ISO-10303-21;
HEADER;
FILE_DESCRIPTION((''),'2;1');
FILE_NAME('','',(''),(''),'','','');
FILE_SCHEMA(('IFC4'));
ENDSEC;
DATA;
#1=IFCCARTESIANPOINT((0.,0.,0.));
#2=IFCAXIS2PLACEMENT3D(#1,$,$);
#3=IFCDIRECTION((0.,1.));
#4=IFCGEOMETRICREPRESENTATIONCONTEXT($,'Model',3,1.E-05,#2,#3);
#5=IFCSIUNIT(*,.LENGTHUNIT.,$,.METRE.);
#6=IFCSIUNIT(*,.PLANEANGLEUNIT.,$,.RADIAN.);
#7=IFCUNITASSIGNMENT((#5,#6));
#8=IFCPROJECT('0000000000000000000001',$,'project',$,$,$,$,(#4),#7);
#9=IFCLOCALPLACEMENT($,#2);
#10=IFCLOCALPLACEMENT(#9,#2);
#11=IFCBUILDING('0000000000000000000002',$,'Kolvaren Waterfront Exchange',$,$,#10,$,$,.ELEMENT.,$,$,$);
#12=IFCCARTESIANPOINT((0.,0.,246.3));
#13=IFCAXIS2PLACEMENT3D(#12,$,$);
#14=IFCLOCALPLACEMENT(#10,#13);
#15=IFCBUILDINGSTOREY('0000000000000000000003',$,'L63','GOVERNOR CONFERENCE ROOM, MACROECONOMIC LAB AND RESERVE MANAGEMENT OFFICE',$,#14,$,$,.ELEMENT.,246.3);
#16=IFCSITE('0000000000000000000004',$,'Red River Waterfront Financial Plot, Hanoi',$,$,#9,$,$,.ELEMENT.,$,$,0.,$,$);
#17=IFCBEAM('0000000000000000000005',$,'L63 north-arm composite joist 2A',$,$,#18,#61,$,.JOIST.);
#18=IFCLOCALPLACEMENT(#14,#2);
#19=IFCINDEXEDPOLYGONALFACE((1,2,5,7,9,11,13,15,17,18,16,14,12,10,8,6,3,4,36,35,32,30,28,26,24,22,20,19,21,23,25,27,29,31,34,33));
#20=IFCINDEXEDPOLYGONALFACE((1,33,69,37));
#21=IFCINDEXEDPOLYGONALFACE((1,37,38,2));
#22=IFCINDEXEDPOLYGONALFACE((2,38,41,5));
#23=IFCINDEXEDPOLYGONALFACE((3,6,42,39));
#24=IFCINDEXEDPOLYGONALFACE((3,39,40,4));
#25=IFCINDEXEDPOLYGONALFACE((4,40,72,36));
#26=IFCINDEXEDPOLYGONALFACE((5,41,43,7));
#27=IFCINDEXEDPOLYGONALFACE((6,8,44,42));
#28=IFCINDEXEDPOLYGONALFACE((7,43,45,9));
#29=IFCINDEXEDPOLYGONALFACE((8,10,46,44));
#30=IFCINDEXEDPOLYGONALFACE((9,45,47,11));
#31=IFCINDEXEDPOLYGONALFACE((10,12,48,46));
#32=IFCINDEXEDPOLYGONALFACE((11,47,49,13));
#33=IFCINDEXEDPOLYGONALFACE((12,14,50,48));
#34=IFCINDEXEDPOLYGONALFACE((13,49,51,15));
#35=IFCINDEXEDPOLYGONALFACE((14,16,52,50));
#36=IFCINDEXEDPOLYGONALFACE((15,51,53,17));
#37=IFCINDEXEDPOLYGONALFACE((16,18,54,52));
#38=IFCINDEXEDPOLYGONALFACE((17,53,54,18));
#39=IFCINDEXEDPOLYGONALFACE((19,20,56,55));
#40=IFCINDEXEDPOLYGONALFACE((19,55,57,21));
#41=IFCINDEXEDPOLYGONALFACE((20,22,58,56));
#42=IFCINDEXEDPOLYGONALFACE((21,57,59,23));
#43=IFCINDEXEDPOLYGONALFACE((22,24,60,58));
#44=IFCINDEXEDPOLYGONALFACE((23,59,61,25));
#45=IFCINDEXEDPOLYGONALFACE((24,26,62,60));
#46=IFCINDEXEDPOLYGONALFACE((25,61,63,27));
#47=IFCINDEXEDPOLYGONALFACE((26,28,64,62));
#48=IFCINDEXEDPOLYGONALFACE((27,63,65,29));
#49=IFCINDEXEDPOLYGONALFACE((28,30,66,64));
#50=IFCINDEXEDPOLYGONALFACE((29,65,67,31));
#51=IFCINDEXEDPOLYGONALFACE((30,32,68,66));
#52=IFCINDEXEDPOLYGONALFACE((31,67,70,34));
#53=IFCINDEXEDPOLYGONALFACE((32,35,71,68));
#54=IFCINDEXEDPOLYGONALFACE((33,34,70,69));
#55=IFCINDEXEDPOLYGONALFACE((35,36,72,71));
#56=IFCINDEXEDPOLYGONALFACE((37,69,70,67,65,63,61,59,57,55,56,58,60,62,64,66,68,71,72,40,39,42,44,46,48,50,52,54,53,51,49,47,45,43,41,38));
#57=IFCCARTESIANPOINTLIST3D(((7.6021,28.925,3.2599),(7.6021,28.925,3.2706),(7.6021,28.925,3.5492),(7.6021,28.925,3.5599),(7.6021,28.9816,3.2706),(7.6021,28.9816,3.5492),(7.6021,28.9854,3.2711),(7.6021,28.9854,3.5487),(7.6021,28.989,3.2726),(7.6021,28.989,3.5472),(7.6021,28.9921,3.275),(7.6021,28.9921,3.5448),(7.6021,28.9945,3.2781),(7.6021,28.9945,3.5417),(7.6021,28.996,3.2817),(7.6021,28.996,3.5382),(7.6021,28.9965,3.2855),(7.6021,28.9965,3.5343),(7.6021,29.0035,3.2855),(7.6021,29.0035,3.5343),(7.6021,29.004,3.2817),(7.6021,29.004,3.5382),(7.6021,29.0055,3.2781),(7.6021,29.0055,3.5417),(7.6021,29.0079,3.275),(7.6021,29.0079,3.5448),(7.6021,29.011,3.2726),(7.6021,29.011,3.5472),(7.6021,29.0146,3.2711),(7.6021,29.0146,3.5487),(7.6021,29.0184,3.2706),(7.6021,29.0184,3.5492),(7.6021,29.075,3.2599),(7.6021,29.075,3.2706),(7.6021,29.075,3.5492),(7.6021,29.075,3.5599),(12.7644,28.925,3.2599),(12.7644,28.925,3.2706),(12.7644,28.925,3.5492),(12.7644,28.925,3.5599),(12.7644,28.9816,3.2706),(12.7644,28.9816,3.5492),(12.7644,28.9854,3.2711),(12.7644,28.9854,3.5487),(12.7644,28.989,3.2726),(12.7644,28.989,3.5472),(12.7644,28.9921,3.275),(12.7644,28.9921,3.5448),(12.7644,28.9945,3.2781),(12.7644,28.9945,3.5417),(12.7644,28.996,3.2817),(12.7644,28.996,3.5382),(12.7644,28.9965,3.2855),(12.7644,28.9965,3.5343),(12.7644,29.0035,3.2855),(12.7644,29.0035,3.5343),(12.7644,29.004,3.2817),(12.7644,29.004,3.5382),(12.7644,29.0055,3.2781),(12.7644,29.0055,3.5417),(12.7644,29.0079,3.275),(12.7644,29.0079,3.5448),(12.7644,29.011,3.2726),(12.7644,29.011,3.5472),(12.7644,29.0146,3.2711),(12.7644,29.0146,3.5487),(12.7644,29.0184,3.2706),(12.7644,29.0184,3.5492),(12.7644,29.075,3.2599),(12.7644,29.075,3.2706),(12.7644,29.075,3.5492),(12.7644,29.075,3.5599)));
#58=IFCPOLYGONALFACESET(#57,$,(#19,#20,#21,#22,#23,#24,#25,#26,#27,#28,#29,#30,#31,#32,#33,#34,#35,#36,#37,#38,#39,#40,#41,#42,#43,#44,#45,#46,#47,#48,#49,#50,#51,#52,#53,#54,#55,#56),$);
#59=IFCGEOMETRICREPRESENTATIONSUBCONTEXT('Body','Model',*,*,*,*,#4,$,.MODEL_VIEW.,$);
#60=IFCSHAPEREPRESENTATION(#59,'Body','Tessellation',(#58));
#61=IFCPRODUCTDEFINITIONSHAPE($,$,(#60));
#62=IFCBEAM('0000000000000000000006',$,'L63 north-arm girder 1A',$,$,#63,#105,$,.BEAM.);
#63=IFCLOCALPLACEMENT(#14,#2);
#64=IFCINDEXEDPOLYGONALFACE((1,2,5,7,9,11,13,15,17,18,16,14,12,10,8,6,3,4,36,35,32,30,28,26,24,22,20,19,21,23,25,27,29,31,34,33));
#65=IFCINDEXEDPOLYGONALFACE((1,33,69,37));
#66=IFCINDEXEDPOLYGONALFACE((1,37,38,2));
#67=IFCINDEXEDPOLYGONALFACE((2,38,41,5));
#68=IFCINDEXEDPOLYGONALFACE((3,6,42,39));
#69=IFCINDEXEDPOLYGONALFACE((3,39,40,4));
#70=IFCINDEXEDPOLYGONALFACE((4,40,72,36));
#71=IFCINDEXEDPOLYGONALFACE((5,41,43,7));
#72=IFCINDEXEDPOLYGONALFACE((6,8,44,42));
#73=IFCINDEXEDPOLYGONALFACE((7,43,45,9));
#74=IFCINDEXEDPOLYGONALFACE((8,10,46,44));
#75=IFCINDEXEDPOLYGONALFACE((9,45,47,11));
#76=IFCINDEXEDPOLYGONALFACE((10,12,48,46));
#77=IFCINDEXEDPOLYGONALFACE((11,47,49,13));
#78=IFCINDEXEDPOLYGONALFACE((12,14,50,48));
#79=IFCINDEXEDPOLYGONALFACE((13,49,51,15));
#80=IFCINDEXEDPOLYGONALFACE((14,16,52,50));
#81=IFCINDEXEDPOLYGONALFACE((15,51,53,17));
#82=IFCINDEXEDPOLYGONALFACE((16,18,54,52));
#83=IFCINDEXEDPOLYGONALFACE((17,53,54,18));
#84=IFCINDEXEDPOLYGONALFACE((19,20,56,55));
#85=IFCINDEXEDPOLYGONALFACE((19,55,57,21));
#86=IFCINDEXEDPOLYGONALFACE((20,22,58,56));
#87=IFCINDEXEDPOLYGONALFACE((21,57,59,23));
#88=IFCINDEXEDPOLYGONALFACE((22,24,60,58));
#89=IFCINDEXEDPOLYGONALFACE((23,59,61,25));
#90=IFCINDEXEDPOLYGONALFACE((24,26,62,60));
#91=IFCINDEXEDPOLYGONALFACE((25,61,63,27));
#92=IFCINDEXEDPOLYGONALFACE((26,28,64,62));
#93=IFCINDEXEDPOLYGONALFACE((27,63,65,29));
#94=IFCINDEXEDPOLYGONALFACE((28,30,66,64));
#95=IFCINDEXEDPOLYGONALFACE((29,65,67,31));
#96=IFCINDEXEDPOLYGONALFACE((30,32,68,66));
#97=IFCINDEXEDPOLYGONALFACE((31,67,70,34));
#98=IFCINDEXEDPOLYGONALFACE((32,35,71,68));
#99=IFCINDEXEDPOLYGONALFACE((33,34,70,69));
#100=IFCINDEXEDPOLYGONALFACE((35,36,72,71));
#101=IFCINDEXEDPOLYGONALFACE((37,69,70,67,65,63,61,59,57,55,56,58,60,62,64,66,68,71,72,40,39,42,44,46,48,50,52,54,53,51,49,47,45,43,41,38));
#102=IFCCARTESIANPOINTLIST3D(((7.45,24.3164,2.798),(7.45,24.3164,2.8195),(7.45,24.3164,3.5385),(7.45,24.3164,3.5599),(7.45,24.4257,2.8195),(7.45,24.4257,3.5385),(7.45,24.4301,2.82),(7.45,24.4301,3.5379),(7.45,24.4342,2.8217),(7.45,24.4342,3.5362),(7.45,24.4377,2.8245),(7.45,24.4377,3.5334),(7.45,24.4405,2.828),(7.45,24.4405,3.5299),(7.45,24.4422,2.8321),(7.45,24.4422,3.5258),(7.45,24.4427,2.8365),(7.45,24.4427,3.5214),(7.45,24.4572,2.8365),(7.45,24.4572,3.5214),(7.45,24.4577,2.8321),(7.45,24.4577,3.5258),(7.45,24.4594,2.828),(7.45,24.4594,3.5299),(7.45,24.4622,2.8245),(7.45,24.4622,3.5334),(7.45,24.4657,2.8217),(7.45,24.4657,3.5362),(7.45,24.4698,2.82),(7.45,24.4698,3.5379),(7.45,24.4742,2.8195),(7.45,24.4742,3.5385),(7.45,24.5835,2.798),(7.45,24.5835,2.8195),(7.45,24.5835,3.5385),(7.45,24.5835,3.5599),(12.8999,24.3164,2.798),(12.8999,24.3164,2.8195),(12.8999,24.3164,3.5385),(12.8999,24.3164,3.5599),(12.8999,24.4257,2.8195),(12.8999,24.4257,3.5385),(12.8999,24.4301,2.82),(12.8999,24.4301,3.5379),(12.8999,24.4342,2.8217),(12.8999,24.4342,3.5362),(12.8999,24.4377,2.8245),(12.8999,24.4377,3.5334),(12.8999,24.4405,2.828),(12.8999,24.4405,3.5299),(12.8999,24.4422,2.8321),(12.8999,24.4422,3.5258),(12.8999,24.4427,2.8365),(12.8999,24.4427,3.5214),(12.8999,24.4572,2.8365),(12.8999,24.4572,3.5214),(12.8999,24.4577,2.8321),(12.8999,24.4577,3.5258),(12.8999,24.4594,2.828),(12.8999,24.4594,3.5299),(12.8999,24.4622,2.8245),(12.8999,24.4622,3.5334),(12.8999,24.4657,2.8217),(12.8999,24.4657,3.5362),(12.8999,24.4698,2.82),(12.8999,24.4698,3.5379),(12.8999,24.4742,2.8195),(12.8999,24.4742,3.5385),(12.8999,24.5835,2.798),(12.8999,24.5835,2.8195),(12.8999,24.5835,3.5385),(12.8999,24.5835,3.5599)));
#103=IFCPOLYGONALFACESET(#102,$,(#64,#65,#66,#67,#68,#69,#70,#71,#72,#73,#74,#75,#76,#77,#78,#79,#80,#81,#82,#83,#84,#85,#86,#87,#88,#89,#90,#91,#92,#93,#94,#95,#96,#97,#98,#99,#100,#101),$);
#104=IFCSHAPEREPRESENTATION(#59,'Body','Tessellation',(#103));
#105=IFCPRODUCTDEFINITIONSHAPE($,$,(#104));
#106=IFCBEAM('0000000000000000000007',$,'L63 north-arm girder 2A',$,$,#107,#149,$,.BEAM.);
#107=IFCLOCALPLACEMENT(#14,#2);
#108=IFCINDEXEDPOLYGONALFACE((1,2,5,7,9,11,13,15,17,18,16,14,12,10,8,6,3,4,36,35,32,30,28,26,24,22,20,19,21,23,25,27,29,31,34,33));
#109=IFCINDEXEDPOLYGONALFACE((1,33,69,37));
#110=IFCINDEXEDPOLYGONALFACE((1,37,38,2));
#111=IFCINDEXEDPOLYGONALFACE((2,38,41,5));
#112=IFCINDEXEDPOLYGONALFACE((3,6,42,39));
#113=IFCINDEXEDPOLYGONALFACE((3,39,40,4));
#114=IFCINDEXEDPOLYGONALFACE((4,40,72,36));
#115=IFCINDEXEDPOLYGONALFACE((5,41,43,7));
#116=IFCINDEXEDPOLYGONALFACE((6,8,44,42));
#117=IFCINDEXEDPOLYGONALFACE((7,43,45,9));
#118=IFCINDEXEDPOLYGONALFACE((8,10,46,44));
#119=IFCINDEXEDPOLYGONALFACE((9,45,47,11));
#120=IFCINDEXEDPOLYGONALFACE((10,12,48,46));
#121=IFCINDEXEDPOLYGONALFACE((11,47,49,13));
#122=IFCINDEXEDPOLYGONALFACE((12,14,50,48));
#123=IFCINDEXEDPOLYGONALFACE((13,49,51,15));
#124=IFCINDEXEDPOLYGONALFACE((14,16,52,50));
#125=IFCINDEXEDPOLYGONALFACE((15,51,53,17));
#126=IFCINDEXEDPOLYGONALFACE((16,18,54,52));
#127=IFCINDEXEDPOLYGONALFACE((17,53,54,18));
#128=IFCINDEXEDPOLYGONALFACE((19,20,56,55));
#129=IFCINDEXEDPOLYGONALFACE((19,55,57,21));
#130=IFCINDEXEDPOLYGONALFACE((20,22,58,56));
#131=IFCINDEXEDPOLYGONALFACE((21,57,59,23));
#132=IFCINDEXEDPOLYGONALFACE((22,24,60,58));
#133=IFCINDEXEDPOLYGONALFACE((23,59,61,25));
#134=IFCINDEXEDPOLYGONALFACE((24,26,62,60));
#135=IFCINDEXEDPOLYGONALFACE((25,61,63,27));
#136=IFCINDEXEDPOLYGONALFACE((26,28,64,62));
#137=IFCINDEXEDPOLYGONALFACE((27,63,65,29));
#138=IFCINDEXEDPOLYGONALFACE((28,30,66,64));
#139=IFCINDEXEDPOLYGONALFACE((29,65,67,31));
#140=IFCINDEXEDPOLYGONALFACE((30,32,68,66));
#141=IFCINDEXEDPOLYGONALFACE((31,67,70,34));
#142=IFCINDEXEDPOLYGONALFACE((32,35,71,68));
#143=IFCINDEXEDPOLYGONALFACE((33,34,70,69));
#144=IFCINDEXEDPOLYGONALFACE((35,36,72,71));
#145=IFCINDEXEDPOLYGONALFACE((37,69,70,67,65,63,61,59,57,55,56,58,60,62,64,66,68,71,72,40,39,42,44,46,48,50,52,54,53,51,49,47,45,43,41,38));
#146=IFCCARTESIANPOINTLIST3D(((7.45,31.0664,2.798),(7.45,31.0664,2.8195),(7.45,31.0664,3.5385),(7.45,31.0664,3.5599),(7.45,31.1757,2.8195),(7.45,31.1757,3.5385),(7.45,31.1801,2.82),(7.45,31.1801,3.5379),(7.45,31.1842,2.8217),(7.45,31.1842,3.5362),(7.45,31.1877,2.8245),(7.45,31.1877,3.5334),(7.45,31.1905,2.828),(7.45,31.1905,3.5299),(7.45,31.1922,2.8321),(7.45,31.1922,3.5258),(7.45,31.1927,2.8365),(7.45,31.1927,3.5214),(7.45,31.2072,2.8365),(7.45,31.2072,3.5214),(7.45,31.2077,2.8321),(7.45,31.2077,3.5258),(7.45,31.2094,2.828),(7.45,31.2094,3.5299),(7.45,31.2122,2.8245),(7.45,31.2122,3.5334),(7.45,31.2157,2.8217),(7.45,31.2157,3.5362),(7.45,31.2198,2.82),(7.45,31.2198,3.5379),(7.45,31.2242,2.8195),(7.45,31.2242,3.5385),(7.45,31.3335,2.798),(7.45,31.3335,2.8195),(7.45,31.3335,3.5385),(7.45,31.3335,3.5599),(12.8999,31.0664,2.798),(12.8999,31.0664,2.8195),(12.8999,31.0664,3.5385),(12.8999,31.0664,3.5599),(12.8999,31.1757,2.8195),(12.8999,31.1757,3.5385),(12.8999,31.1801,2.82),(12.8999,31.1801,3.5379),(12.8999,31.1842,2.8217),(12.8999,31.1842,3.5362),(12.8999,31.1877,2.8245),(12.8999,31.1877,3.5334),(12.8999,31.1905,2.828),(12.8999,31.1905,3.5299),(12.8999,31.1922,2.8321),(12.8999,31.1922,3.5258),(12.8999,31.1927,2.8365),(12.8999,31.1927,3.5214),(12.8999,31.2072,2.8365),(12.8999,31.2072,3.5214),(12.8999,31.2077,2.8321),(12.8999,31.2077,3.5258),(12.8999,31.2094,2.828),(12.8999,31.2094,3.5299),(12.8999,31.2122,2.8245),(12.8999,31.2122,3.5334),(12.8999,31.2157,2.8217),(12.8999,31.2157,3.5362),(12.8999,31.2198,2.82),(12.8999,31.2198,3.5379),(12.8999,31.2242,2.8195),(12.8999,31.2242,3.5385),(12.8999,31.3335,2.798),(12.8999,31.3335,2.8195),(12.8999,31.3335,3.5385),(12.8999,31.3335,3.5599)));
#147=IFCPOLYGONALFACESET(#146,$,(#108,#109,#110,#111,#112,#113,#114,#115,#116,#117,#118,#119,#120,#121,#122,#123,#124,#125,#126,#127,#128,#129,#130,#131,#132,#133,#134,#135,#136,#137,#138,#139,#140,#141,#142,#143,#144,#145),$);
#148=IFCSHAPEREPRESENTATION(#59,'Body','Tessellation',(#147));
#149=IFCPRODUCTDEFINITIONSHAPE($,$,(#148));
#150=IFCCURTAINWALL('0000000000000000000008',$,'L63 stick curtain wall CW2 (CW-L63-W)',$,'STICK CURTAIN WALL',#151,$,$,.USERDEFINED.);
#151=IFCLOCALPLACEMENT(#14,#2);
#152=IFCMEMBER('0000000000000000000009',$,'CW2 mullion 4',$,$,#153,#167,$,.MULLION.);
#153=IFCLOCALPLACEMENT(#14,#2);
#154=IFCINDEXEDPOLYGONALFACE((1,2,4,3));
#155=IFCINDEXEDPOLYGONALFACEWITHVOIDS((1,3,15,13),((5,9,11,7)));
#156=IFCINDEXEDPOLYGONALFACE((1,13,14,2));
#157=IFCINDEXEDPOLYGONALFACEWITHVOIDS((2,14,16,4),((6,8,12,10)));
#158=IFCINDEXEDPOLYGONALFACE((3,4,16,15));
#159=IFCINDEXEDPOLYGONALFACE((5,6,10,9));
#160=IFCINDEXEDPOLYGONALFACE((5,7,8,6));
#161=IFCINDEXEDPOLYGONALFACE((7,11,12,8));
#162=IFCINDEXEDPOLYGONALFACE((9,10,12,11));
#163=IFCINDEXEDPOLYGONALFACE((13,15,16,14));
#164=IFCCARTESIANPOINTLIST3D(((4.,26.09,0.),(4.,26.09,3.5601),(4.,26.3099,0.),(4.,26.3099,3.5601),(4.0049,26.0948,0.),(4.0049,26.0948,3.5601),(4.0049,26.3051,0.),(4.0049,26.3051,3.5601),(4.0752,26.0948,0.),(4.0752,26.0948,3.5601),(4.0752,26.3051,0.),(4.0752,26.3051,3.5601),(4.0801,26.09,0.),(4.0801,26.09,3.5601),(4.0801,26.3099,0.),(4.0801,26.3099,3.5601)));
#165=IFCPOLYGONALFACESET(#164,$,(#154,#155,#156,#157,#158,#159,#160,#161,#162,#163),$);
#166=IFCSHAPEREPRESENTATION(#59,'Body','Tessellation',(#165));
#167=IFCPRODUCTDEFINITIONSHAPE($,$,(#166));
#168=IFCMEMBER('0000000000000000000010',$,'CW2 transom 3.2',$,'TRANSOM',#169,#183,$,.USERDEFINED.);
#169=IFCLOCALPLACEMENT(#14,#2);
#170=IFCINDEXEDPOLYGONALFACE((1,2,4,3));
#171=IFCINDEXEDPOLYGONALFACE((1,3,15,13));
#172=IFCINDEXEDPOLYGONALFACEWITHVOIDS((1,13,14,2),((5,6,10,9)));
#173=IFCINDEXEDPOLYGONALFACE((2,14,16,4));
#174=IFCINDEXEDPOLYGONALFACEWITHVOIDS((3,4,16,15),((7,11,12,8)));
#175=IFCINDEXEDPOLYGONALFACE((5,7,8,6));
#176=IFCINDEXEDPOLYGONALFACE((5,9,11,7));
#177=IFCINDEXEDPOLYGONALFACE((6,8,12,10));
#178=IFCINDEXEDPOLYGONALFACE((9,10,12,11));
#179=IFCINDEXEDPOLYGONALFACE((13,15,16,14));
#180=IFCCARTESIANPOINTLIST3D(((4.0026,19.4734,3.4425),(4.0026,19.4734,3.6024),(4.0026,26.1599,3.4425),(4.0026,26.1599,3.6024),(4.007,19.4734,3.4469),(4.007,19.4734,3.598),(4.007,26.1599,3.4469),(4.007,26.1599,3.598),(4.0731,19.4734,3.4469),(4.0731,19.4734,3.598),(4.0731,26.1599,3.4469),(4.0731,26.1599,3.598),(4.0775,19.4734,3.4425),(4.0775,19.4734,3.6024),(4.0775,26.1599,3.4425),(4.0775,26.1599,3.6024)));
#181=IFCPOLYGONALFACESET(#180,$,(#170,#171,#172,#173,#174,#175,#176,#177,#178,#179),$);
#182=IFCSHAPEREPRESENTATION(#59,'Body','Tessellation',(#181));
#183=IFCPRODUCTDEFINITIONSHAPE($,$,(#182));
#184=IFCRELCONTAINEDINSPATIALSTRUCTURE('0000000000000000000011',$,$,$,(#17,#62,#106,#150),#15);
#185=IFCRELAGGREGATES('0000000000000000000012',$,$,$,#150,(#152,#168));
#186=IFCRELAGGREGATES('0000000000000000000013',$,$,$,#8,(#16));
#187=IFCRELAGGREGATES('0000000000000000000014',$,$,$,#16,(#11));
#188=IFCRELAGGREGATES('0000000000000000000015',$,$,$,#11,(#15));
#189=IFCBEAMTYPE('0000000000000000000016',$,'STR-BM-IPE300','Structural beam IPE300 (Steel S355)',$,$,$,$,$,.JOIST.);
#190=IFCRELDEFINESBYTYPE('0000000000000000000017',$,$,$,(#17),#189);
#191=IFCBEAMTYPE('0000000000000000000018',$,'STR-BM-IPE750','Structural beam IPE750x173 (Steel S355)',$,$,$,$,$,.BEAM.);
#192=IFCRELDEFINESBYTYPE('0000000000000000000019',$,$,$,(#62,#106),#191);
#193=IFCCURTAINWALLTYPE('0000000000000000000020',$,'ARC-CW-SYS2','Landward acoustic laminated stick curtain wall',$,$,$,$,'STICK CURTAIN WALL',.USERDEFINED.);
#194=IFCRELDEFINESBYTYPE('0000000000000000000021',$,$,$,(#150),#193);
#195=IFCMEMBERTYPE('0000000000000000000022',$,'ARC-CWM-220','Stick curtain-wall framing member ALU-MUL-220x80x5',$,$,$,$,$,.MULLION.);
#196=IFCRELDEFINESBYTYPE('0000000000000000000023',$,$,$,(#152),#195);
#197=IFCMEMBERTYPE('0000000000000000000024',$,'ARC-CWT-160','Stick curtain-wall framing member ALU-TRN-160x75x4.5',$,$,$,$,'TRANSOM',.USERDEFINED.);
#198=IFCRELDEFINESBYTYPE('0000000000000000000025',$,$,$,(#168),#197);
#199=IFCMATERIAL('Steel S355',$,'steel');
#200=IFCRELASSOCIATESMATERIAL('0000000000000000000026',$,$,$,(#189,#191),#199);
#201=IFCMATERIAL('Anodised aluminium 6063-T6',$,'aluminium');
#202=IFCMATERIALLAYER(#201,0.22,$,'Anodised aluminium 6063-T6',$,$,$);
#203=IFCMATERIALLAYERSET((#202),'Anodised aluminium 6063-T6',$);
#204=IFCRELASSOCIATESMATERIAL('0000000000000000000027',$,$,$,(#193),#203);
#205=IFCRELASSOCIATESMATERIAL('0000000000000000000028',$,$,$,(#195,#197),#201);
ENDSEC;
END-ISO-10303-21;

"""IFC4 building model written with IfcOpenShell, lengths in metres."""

from ifc_helpers import new_model, si_unit, direction, frame, origin, origin_with_axes, origin_2d, place, context, subcontext, project, spatial, hollow_rectangle, i_section, extrude, source, transform, mapped, material, layer, layer_set, material_profile, profile_set, type_object, element, aggregate, save


model = new_model("IFC4")

# Units and contexts
model_context = context("Model", 3, precision=1e-05, world=origin(), true_north=direction((0.0, 1.0)))
body_context = subcontext(model_context, "Body", "Model", "MODEL_VIEW")
ifc_project = project(units=[si_unit("LENGTHUNIT", "METRE"), si_unit("PLANEANGLEUNIT", "RADIAN")], contexts=[model_context])

# Site, building, storey
site_placement = place(None, origin())
site = spatial("IfcSite", under=ifc_project, at=site_placement, Name="Red River Waterfront Financial Plot, Hanoi", CompositionType="ELEMENT", RefElevation=0.0)
building_placement = place(site_placement, origin())
building = spatial("IfcBuilding", under=site, at=building_placement, Name="Kolvaren Waterfront Exchange", CompositionType="ELEMENT")
storey_placement = place(building_placement, frame((0.0, 0.0, 246.3)))
storey = spatial("IfcBuildingStorey", under=building, at=storey_placement, Name="L63", Description="GOVERNOR CONFERENCE ROOM, MACROECONOMIC LAB AND RESERVE MANAGEMENT OFFICE", CompositionType="ELEMENT", Elevation=246.3)

# Beams
ifc_material_1 = material(Name="Steel S355", Category="steel")
ifc_material_profile_1 = material_profile(ifc_material_1, i_section(OverallWidth=0.1499, OverallDepth=0.3, WebThickness=0.0071, FlangeThickness=0.0107, FilletRadius=0.0149, at=origin_2d()), Name="IPE300")
ifc_profile_set_1 = profile_set([ifc_material_profile_1], Name="Steel S355")
beam_type_1 = type_object("IfcBeamType", Name="STR-BM-IPE300", Description="Structural beam IPE300 (Steel S355)", PredefinedType="JOIST", material=ifc_profile_set_1)
for number, where, z_axis, x_axis, name in (
    (1, (7.6021, 29.0, 3.4099), (1.0, 0.0, 0.0), (0.0, 1.0, 0.0), "L63 north-arm composite joist 2A"),
):
    element("IfcBeam", number, at=place(storey_placement, frame(where, z_axis=z_axis, x_axis=x_axis)), inside=storey, type_object=beam_type_1, Name=name, PredefinedType="JOIST", context=body_context, shape_type="SweptSolid", body=[
        extrude(i_section(OverallWidth=0.1499, OverallDepth=0.3, WebThickness=0.0071, FlangeThickness=0.0107, FilletRadius=0.0149, at=origin_2d()), origin(), (0.0, 0.0, 1.0), 5.1624),
    ])
ifc_material_profile_2 = material_profile(ifc_material_1, i_section(OverallWidth=0.2671, OverallDepth=0.762, WebThickness=0.0144, FlangeThickness=0.0215, FilletRadius=0.0171, at=origin_2d()), Name="IPE750x173")
ifc_profile_set_2 = profile_set([ifc_material_profile_2], Name="Steel S355")
beam_type_2 = type_object("IfcBeamType", Name="STR-BM-IPE750", Description="Structural beam IPE750x173 (Steel S355)", PredefinedType="BEAM", material=ifc_profile_set_2)
for number, where, z_axis, x_axis, name in (
    (2, (7.45, 24.45, 3.179), (1.0, 0.0, 0.0), (0.0, 1.0, 0.0), "L63 north-arm girder 1A"),
    (3, (7.45, 31.2, 3.179), (1.0, 0.0, 0.0), (0.0, 1.0, 0.0), "L63 north-arm girder 2A"),
):
    element("IfcBeam", number, at=place(storey_placement, frame(where, z_axis=z_axis, x_axis=x_axis)), inside=storey, type_object=beam_type_2, Name=name, PredefinedType="BEAM", context=body_context, shape_type="SweptSolid", body=[
        extrude(i_section(OverallWidth=0.2671, OverallDepth=0.762, WebThickness=0.0144, FlangeThickness=0.0215, FilletRadius=0.0171, at=origin_2d()), origin(), (0.0, 0.0, 1.0), 5.45),
    ])

# Curtain wall, members
ifc_material_2 = material(Name="Anodised aluminium 6063-T6", Category="aluminium")
ifc_layer_1 = layer(ifc_material_2, 0.22, Name="Anodised aluminium 6063-T6")
ifc_layer_set_1 = layer_set([ifc_layer_1], Name="Anodised aluminium 6063-T6")
curtain_wall_type = type_object("IfcCurtainWallType", Name="ARC-CW-SYS2", Description="Landward acoustic laminated stick curtain wall", ElementType="STICK CURTAIN WALL", PredefinedType="USERDEFINED", material=ifc_layer_set_1)
curtain_wall_placement = place(storey_placement, origin())
curtain_wall = element("IfcCurtainWall", 4, at=curtain_wall_placement, inside=storey, type_object=curtain_wall_type, Name="L63 stick curtain wall CW2 (CW-L63-W)", ObjectType="STICK CURTAIN WALL", PredefinedType="USERDEFINED")
ifc_material_profile_3 = material_profile(ifc_material_2, hollow_rectangle(XDim=0.0801, YDim=0.22, WallThickness=0.0049, at=origin_2d()), Name="ALU-MUL-220x80x5")
ifc_profile_set_3 = profile_set([ifc_material_profile_3], Name="Anodised aluminium 6063-T6")
member_type_1 = type_object("IfcMemberType", Name="ARC-CWM-220", Description="Stick curtain-wall framing member ALU-MUL-220x80x5", PredefinedType="MULLION", material=ifc_profile_set_3)
shared_shape_1 = source(origin_with_axes(), body_context, "Body", "SweptSolid", [
    extrude(hollow_rectangle(XDim=0.0801, YDim=0.22, WallThickness=0.0049, at=origin_2d()), origin(), (0.0, 0.0, 1.0), 3.5601),
])
member_1_placement = place(storey_placement, frame((4.04, 26.2, 0.0), z_axis=(0.0, 0.0, 1.0), x_axis=(-1.0, 0.0, 0.0)))
member_1 = element("IfcMember", 5, at=member_1_placement, type_object=member_type_1, Name="CW2 mullion 4", PredefinedType="MULLION", context=body_context, shape_type="MappedRepresentation", body=[
    mapped(shared_shape_1, transform((0.0, 0.0, 0.0), x_axis=(1.0, 0.0, 0.0), y_axis=(0.0, 1.0, 0.0), z_axis=(0.0, 0.0, 1.0), scale=1.0)),
])
ifc_material_profile_4 = material_profile(ifc_material_2, hollow_rectangle(XDim=0.075, YDim=0.1599, WallThickness=0.0044, at=origin_2d()), Name="ALU-TRN-160x75x4.5")
ifc_profile_set_4 = profile_set([ifc_material_profile_4], Name="Anodised aluminium 6063-T6")
member_type_2 = type_object("IfcMemberType", Name="ARC-CWT-160", Description="Stick curtain-wall framing member ALU-TRN-160x75x4.5", ElementType="TRANSOM", PredefinedType="USERDEFINED", material=ifc_profile_set_4)
shared_shape_2 = source(origin_with_axes(), body_context, "Body", "SweptSolid", [
    extrude(hollow_rectangle(XDim=0.075, YDim=0.1599, WallThickness=0.0044, at=origin_2d()), origin(), (0.0, 0.0, 1.0), 6.6865),
])
member_2_placement = place(storey_placement, frame((4.04, 19.4734, 3.5225), z_axis=(0.0, 1.0, 0.0), x_axis=(-1.0, 0.0, 0.0)))
member_2 = element("IfcMember", 6, at=member_2_placement, type_object=member_type_2, Name="CW2 transom 3.2", ObjectType="TRANSOM", PredefinedType="USERDEFINED", context=body_context, shape_type="MappedRepresentation", body=[
    mapped(shared_shape_2, transform((0.0, 0.0, 0.0), x_axis=(1.0, 0.0, 0.0), y_axis=(0.0, 1.0, 0.0), z_axis=(0.0, 0.0, 1.0), scale=1.0)),
])
aggregate(curtain_wall, [member_1, member_2])

save(model, "model.ifc")
